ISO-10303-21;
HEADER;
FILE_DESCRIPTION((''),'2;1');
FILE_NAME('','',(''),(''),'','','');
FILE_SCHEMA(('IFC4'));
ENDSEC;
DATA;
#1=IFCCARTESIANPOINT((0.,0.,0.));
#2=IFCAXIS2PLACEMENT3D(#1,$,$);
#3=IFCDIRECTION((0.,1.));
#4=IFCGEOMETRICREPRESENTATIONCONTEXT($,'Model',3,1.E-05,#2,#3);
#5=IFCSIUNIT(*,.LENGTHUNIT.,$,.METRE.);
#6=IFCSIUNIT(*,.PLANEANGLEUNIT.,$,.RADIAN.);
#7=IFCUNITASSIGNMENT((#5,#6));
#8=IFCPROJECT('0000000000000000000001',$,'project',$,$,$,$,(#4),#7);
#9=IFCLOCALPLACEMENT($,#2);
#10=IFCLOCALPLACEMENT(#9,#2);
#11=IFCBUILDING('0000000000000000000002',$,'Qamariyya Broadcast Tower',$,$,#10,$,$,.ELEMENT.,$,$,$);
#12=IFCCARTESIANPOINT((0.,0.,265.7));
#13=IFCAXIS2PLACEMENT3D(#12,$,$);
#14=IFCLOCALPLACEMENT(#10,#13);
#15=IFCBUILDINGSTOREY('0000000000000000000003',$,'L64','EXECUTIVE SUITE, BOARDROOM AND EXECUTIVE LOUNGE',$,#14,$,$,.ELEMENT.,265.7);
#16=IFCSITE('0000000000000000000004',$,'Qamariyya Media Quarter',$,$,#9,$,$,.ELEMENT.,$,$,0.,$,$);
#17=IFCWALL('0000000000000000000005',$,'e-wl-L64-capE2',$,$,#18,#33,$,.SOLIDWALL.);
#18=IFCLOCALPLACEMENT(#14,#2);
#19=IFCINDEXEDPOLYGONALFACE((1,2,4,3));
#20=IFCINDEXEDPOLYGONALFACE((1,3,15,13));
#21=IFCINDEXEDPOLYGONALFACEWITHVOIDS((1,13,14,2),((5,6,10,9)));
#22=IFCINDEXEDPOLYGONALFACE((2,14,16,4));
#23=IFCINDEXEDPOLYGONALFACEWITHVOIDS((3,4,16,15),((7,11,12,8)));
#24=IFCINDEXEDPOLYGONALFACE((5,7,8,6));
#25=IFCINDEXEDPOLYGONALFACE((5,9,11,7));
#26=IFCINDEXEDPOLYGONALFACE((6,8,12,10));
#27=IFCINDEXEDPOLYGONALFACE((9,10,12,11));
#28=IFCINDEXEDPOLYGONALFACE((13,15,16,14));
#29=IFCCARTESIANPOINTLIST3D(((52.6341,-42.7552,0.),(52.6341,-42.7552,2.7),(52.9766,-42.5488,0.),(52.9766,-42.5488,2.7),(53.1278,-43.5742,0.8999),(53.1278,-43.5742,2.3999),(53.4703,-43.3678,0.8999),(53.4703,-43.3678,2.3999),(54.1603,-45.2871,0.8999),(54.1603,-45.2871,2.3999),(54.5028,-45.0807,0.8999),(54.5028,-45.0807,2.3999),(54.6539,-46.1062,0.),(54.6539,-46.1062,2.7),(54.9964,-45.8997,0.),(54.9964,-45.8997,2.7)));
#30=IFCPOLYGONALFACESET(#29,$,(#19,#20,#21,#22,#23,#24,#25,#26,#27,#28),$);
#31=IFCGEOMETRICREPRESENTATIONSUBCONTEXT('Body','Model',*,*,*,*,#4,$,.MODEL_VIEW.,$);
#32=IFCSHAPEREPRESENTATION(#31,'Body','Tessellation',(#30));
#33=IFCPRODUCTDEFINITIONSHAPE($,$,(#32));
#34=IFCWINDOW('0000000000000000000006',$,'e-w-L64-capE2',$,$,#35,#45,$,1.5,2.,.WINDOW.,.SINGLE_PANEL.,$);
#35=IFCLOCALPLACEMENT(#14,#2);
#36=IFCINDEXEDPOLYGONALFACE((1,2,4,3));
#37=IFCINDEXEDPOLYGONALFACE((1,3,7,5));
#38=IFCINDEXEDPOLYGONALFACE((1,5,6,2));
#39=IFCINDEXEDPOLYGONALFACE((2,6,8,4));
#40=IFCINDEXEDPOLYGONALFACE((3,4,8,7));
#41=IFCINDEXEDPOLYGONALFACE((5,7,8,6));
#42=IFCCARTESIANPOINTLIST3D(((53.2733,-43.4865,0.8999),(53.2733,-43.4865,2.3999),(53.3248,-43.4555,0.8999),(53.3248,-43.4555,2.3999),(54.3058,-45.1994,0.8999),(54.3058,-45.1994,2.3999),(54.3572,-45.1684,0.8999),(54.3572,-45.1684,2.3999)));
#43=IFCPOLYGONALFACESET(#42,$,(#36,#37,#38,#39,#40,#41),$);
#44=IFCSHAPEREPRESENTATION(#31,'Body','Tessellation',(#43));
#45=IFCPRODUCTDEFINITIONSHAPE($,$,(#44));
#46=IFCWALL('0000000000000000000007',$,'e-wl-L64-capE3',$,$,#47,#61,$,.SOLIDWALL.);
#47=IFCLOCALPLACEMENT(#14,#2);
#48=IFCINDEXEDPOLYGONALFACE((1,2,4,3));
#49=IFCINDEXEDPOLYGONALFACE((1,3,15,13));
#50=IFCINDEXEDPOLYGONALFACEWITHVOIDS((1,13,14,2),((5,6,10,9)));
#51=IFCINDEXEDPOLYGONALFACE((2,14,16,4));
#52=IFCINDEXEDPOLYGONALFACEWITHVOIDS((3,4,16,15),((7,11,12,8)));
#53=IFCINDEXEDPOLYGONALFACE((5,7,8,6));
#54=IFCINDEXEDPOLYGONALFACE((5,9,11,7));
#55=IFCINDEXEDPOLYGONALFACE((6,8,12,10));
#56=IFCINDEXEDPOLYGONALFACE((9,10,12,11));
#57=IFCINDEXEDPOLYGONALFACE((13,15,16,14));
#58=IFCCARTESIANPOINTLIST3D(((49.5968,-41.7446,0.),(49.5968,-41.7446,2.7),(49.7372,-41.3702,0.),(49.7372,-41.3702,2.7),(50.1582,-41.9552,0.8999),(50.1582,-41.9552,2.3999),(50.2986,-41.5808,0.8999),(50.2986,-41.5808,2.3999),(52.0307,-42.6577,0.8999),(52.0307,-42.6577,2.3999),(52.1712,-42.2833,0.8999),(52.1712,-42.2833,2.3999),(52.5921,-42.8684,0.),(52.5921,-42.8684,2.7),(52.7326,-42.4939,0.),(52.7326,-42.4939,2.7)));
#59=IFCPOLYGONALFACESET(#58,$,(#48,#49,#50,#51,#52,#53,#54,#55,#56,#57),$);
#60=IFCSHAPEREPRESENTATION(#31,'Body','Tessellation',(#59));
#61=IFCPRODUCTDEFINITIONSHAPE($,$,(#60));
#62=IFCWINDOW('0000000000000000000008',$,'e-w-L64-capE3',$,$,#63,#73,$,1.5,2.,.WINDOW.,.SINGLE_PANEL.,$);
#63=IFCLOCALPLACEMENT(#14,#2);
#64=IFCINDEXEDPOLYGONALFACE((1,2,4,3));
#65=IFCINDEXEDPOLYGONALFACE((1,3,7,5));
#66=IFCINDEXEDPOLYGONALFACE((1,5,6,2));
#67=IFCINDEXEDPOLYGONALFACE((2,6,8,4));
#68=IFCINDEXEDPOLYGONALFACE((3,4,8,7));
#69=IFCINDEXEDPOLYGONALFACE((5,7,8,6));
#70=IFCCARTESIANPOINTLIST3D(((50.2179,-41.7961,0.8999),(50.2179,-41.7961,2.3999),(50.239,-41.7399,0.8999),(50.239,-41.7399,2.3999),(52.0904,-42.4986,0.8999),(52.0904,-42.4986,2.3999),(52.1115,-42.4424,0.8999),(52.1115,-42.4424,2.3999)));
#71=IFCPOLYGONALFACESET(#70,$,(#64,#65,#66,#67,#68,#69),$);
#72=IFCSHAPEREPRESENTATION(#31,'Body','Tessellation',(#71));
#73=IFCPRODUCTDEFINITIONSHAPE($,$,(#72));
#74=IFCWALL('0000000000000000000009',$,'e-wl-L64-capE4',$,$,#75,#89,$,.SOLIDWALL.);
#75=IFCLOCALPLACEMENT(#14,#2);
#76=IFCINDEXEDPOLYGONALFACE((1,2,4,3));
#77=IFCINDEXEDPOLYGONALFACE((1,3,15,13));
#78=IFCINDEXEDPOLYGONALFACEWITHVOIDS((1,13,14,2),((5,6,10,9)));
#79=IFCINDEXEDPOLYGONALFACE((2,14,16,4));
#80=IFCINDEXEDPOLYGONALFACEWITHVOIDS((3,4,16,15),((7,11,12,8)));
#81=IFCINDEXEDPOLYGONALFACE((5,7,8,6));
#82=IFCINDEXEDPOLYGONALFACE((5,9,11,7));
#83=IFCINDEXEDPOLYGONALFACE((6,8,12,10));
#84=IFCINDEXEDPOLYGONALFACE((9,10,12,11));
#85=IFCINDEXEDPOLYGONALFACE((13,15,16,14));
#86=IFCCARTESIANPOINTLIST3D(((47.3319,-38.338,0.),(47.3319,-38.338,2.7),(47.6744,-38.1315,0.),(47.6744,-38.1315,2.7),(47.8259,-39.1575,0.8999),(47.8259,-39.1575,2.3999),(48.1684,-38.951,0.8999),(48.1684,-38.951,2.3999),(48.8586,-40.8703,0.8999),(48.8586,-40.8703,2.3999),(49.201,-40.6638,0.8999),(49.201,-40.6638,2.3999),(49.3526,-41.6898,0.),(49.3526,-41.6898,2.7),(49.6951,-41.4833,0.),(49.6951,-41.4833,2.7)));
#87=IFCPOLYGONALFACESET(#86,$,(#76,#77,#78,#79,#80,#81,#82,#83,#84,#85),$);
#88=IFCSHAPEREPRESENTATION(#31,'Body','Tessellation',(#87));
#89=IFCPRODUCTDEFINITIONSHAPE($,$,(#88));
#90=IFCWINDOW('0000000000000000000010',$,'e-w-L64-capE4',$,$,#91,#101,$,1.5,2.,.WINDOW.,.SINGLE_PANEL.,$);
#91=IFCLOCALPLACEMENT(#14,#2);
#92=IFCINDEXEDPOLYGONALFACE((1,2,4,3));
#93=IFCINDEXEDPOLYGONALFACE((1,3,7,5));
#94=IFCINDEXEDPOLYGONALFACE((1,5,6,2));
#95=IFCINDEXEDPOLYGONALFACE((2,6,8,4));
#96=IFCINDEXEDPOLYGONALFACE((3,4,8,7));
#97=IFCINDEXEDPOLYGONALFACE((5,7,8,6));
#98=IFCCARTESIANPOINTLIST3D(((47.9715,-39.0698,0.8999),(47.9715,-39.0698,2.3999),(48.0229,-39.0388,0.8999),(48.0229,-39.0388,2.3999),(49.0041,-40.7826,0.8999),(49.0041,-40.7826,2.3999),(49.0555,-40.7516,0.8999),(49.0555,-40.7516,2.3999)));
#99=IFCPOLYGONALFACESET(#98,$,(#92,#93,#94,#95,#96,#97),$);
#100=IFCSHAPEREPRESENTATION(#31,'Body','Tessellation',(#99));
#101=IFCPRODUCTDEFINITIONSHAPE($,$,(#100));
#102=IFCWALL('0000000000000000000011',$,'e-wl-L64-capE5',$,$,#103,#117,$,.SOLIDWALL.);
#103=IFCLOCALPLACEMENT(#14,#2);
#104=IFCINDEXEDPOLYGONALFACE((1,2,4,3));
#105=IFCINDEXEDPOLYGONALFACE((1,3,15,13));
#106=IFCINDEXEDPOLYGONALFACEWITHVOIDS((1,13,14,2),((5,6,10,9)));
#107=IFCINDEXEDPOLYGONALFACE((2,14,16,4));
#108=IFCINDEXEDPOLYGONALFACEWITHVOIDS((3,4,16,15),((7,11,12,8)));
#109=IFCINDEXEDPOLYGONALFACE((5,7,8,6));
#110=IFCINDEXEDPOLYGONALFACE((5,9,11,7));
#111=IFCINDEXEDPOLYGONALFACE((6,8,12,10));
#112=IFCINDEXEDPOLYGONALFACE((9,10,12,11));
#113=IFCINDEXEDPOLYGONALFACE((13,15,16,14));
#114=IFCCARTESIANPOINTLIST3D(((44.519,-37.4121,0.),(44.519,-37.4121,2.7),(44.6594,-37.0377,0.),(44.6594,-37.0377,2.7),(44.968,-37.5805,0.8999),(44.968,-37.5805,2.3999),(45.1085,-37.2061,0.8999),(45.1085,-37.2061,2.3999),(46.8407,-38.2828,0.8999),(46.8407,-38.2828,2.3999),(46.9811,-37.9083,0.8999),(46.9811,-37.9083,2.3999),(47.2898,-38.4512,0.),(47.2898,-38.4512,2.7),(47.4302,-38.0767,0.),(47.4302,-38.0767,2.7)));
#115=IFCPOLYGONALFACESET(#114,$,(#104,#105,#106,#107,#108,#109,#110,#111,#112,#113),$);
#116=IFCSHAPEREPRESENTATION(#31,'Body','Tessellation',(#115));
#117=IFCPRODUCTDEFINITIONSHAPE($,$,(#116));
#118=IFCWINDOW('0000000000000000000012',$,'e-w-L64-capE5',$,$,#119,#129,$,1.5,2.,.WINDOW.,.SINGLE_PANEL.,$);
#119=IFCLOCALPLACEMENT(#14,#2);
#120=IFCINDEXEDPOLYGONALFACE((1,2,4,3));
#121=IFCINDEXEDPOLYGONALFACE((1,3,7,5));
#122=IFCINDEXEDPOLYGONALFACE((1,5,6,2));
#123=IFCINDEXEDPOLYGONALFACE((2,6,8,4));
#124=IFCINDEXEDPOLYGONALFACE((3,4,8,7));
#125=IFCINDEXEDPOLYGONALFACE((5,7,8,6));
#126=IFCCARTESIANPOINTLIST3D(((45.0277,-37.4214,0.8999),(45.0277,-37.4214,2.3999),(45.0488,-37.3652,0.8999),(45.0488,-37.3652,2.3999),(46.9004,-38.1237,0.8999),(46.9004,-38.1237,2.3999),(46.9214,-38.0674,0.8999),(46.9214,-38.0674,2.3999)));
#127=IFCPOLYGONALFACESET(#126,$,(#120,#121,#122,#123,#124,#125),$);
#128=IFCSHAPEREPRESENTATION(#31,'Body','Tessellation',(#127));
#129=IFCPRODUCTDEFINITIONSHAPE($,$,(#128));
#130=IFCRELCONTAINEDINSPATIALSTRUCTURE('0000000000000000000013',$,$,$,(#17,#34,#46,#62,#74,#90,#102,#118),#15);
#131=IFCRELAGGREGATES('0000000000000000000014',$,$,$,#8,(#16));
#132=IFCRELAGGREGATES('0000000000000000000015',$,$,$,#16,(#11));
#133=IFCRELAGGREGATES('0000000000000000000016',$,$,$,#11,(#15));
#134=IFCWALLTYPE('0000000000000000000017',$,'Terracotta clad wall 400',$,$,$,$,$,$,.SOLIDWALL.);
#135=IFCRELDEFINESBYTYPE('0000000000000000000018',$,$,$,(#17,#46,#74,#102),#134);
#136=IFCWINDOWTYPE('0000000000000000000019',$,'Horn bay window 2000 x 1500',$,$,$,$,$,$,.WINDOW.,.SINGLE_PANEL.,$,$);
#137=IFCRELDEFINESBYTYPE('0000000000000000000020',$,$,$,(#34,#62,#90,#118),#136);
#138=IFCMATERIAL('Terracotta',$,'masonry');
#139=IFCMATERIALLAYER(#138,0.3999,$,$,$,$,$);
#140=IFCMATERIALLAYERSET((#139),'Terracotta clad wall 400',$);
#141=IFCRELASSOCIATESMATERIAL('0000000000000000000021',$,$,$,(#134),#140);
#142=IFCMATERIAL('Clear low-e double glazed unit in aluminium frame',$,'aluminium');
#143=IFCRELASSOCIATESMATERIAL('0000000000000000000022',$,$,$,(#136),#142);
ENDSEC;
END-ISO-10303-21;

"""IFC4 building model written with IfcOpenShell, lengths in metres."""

from ifc_helpers import new_model, si_unit, direction, frame, frame_2d, origin, place, context, subcontext, project, spatial, rectangle, extrude, material, layer, layer_set, type_object, element, fill, save


model = new_model("IFC4")

# Units and contexts
model_context = context("Model", 3, precision=1e-05, world=origin(), true_north=direction((0.0, 1.0)))
body_context = subcontext(model_context, "Body", "Model", "MODEL_VIEW")
ifc_project = project(units=[si_unit("LENGTHUNIT", "METRE"), si_unit("PLANEANGLEUNIT", "RADIAN")], contexts=[model_context])

# Site, building, storey
site_placement = place(None, origin())
site = spatial("IfcSite", under=ifc_project, at=site_placement, Name="Qamariyya Media Quarter", CompositionType="ELEMENT", RefElevation=0.0)
building_placement = place(site_placement, origin())
building = spatial("IfcBuilding", under=site, at=building_placement, Name="Qamariyya Broadcast Tower", CompositionType="ELEMENT")
storey_placement = place(building_placement, frame((0.0, 0.0, 265.7)))
storey = spatial("IfcBuildingStorey", under=building, at=storey_placement, Name="L64", Description="EXECUTIVE SUITE, BOARDROOM AND EXECUTIVE LOUNGE", CompositionType="ELEMENT", Elevation=265.7)

# Walls, openings, windows
ifc_material_1 = material(Name="Terracotta", Category="masonry")
ifc_layer_1 = layer(ifc_material_1, 0.3999)
ifc_layer_set_1 = layer_set([ifc_layer_1], Name="Terracotta clad wall 400")
wall_type_1 = type_object("IfcWallType", Name="Terracotta clad wall 400", PredefinedType="SOLIDWALL", material=ifc_layer_set_1)
ifc_material_2 = material(Name="Clear low-e double glazed unit in aluminium frame", Category="aluminium")
window_type = type_object("IfcWindowType", Name="Horn bay window 2000 x 1500", PartitioningType="SINGLE_PANEL", PredefinedType="WINDOW", material=ifc_material_2)
wall_1_placement = place(storey_placement, frame((54.8252, -46.0029, 0.0), z_axis=(0.0, 0.0, 1.0), x_axis=(-0.516238, 0.856445, 0.0)))
wall_1 = element("IfcWall", 1, at=wall_1_placement, inside=storey, type_object=wall_type_1, Name="e-wl-L64-capE2", PredefinedType="SOLIDWALL", context=body_context, shape_type="SweptSolid", body=[
    extrude(rectangle(XDim=3.9126, YDim=0.3999, at=frame_2d((1.9563, 0.0))), origin(), (0.0, 0.0, 1.0), 2.7),
])
opening_1_placement = place(wall_1_placement, frame((0.9563, 0.0, 0.8999)))
opening_1 = element("IfcOpeningElement", 2, at=opening_1_placement, cuts=wall_1, PredefinedType="OPENING", context=body_context, shape_type="SweptSolid", body=[
    extrude(rectangle(XDim=2.0, YDim=1.5, at=frame_2d((1.0, 0.75))), frame((0.0, 0.21, 0.0), z_axis=(0.0, -1.0, 0.0), x_axis=(1.0, 0.0, 0.0)), (0.0, 0.0, 1.0), 0.4199),
])
window_1_placement = place(opening_1_placement, origin())
window_1 = element("IfcWindow", 3, at=window_1_placement, inside=storey, type_object=window_type, Name="e-w-L64-capE2", OverallHeight=1.5, OverallWidth=2.0, PartitioningType="SINGLE_PANEL", PredefinedType="WINDOW", context=body_context, shape_type="SweptSolid", body=[
    extrude(rectangle(XDim=2.0, YDim=1.5, at=frame_2d((1.0, 0.75))), frame((0.0, 0.03, 0.0), z_axis=(0.0, -1.0, 0.0), x_axis=(1.0, 0.0, 0.0)), (0.0, 0.0, 1.0), 0.0601),
])
fill(opening_1, window_1)
wall_2_placement = place(storey_placement, frame((52.6624, -42.6812, 0.0), z_axis=(0.0, 0.0, 1.0), x_axis=(-0.936276, 0.351266, 0.0)))
wall_2 = element("IfcWall", 4, at=wall_2_placement, inside=storey, type_object=wall_type_1, Name="e-wl-L64-capE3", PredefinedType="SOLIDWALL", context=body_context, shape_type="SweptSolid", body=[
    extrude(rectangle(XDim=3.1992, YDim=0.3999, at=frame_2d((1.5996, 0.0))), origin(), (0.0, 0.0, 1.0), 2.7),
])
opening_2_placement = place(wall_2_placement, frame((0.5996, 0.0, 0.8999)))
opening_2 = element("IfcOpeningElement", 5, at=opening_2_placement, cuts=wall_2, PredefinedType="OPENING", context=body_context, shape_type="SweptSolid", body=[
    extrude(rectangle(XDim=2.0, YDim=1.5, at=frame_2d((1.0, 0.75))), frame((0.0, 0.21, 0.0), z_axis=(0.0, -1.0, 0.0), x_axis=(1.0, 0.0, 0.0)), (0.0, 0.0, 1.0), 0.4199),
])
window_2_placement = place(opening_2_placement, origin())
window_2 = element("IfcWindow", 6, at=window_2_placement, inside=storey, type_object=window_type, Name="e-w-L64-capE3", OverallHeight=1.5, OverallWidth=2.0, PartitioningType="SINGLE_PANEL", PredefinedType="WINDOW", context=body_context, shape_type="SweptSolid", body=[
    extrude(rectangle(XDim=2.0, YDim=1.5, at=frame_2d((1.0, 0.75))), frame((0.0, 0.03, 0.0), z_axis=(0.0, -1.0, 0.0), x_axis=(1.0, 0.0, 0.0)), (0.0, 0.0, 1.0), 0.0601),
])
fill(opening_2, window_2)
wall_3_placement = place(storey_placement, frame((49.5239, -41.5867, 0.0), z_axis=(0.0, 0.0, 1.0), x_axis=(-0.516311, 0.856401, 0.0)))
wall_3 = element("IfcWall", 7, at=wall_3_placement, inside=storey, type_object=wall_type_1, Name="e-wl-L64-capE4", PredefinedType="SOLIDWALL", context=body_context, shape_type="SweptSolid", body=[
    extrude(rectangle(XDim=3.9138, YDim=0.3999, at=frame_2d((1.957, 0.0))), origin(), (0.0, 0.0, 1.0), 2.7),
])
opening_3_placement = place(wall_3_placement, frame((0.957, 0.0, 0.8999)))
opening_3 = element("IfcOpeningElement", 8, at=opening_3_placement, cuts=wall_3, PredefinedType="OPENING", context=body_context, shape_type="SweptSolid", body=[
    extrude(rectangle(XDim=2.0, YDim=1.5, at=frame_2d((1.0, 0.75))), frame((0.0, 0.21, 0.0), z_axis=(0.0, -1.0, 0.0), x_axis=(1.0, 0.0, 0.0)), (0.0, 0.0, 1.0), 0.4199),
])
window_3_placement = place(opening_3_placement, origin())
window_3 = element("IfcWindow", 9, at=window_3_placement, inside=storey, type_object=window_type, Name="e-w-L64-capE4", OverallHeight=1.5, OverallWidth=2.0, PartitioningType="SINGLE_PANEL", PredefinedType="WINDOW", context=body_context, shape_type="SweptSolid", body=[
    extrude(rectangle(XDim=2.0, YDim=1.5, at=frame_2d((1.0, 0.75))), frame((0.0, 0.03, 0.0), z_axis=(0.0, -1.0, 0.0), x_axis=(1.0, 0.0, 0.0)), (0.0, 0.0, 1.0), 0.0601),
])
fill(opening_3, window_3)
wall_4_placement = place(storey_placement, frame((47.3599, -38.2639, 0.0), z_axis=(0.0, 0.0, 1.0), x_axis=(-0.936326, 0.351132, 0.0)))
wall_4 = element("IfcWall", 10, at=wall_4_placement, inside=storey, type_object=wall_type_1, Name="e-wl-L64-capE5", PredefinedType="SOLIDWALL", context=body_context, shape_type="SweptSolid", body=[
    extrude(rectangle(XDim=2.9592, YDim=0.3999, at=frame_2d((1.4795, 0.0))), origin(), (0.0, 0.0, 1.0), 2.7),
])
opening_4_placement = place(wall_4_placement, frame((0.4795, 0.0, 0.8999)))
opening_4 = element("IfcOpeningElement", 11, at=opening_4_placement, cuts=wall_4, PredefinedType="OPENING", context=body_context, shape_type="SweptSolid", body=[
    extrude(rectangle(XDim=2.0, YDim=1.5, at=frame_2d((1.0, 0.75))), frame((0.0, 0.21, 0.0), z_axis=(0.0, -1.0, 0.0), x_axis=(1.0, 0.0, 0.0)), (0.0, 0.0, 1.0), 0.4199),
])
window_4_placement = place(opening_4_placement, origin())
window_4 = element("IfcWindow", 12, at=window_4_placement, inside=storey, type_object=window_type, Name="e-w-L64-capE5", OverallHeight=1.5, OverallWidth=2.0, PartitioningType="SINGLE_PANEL", PredefinedType="WINDOW", context=body_context, shape_type="SweptSolid", body=[
    extrude(rectangle(XDim=2.0, YDim=1.5, at=frame_2d((1.0, 0.75))), frame((0.0, 0.03, 0.0), z_axis=(0.0, -1.0, 0.0), x_axis=(1.0, 0.0, 0.0)), (0.0, 0.0, 1.0), 0.0601),
])
fill(opening_4, window_4)

save(model, "model.ifc")
